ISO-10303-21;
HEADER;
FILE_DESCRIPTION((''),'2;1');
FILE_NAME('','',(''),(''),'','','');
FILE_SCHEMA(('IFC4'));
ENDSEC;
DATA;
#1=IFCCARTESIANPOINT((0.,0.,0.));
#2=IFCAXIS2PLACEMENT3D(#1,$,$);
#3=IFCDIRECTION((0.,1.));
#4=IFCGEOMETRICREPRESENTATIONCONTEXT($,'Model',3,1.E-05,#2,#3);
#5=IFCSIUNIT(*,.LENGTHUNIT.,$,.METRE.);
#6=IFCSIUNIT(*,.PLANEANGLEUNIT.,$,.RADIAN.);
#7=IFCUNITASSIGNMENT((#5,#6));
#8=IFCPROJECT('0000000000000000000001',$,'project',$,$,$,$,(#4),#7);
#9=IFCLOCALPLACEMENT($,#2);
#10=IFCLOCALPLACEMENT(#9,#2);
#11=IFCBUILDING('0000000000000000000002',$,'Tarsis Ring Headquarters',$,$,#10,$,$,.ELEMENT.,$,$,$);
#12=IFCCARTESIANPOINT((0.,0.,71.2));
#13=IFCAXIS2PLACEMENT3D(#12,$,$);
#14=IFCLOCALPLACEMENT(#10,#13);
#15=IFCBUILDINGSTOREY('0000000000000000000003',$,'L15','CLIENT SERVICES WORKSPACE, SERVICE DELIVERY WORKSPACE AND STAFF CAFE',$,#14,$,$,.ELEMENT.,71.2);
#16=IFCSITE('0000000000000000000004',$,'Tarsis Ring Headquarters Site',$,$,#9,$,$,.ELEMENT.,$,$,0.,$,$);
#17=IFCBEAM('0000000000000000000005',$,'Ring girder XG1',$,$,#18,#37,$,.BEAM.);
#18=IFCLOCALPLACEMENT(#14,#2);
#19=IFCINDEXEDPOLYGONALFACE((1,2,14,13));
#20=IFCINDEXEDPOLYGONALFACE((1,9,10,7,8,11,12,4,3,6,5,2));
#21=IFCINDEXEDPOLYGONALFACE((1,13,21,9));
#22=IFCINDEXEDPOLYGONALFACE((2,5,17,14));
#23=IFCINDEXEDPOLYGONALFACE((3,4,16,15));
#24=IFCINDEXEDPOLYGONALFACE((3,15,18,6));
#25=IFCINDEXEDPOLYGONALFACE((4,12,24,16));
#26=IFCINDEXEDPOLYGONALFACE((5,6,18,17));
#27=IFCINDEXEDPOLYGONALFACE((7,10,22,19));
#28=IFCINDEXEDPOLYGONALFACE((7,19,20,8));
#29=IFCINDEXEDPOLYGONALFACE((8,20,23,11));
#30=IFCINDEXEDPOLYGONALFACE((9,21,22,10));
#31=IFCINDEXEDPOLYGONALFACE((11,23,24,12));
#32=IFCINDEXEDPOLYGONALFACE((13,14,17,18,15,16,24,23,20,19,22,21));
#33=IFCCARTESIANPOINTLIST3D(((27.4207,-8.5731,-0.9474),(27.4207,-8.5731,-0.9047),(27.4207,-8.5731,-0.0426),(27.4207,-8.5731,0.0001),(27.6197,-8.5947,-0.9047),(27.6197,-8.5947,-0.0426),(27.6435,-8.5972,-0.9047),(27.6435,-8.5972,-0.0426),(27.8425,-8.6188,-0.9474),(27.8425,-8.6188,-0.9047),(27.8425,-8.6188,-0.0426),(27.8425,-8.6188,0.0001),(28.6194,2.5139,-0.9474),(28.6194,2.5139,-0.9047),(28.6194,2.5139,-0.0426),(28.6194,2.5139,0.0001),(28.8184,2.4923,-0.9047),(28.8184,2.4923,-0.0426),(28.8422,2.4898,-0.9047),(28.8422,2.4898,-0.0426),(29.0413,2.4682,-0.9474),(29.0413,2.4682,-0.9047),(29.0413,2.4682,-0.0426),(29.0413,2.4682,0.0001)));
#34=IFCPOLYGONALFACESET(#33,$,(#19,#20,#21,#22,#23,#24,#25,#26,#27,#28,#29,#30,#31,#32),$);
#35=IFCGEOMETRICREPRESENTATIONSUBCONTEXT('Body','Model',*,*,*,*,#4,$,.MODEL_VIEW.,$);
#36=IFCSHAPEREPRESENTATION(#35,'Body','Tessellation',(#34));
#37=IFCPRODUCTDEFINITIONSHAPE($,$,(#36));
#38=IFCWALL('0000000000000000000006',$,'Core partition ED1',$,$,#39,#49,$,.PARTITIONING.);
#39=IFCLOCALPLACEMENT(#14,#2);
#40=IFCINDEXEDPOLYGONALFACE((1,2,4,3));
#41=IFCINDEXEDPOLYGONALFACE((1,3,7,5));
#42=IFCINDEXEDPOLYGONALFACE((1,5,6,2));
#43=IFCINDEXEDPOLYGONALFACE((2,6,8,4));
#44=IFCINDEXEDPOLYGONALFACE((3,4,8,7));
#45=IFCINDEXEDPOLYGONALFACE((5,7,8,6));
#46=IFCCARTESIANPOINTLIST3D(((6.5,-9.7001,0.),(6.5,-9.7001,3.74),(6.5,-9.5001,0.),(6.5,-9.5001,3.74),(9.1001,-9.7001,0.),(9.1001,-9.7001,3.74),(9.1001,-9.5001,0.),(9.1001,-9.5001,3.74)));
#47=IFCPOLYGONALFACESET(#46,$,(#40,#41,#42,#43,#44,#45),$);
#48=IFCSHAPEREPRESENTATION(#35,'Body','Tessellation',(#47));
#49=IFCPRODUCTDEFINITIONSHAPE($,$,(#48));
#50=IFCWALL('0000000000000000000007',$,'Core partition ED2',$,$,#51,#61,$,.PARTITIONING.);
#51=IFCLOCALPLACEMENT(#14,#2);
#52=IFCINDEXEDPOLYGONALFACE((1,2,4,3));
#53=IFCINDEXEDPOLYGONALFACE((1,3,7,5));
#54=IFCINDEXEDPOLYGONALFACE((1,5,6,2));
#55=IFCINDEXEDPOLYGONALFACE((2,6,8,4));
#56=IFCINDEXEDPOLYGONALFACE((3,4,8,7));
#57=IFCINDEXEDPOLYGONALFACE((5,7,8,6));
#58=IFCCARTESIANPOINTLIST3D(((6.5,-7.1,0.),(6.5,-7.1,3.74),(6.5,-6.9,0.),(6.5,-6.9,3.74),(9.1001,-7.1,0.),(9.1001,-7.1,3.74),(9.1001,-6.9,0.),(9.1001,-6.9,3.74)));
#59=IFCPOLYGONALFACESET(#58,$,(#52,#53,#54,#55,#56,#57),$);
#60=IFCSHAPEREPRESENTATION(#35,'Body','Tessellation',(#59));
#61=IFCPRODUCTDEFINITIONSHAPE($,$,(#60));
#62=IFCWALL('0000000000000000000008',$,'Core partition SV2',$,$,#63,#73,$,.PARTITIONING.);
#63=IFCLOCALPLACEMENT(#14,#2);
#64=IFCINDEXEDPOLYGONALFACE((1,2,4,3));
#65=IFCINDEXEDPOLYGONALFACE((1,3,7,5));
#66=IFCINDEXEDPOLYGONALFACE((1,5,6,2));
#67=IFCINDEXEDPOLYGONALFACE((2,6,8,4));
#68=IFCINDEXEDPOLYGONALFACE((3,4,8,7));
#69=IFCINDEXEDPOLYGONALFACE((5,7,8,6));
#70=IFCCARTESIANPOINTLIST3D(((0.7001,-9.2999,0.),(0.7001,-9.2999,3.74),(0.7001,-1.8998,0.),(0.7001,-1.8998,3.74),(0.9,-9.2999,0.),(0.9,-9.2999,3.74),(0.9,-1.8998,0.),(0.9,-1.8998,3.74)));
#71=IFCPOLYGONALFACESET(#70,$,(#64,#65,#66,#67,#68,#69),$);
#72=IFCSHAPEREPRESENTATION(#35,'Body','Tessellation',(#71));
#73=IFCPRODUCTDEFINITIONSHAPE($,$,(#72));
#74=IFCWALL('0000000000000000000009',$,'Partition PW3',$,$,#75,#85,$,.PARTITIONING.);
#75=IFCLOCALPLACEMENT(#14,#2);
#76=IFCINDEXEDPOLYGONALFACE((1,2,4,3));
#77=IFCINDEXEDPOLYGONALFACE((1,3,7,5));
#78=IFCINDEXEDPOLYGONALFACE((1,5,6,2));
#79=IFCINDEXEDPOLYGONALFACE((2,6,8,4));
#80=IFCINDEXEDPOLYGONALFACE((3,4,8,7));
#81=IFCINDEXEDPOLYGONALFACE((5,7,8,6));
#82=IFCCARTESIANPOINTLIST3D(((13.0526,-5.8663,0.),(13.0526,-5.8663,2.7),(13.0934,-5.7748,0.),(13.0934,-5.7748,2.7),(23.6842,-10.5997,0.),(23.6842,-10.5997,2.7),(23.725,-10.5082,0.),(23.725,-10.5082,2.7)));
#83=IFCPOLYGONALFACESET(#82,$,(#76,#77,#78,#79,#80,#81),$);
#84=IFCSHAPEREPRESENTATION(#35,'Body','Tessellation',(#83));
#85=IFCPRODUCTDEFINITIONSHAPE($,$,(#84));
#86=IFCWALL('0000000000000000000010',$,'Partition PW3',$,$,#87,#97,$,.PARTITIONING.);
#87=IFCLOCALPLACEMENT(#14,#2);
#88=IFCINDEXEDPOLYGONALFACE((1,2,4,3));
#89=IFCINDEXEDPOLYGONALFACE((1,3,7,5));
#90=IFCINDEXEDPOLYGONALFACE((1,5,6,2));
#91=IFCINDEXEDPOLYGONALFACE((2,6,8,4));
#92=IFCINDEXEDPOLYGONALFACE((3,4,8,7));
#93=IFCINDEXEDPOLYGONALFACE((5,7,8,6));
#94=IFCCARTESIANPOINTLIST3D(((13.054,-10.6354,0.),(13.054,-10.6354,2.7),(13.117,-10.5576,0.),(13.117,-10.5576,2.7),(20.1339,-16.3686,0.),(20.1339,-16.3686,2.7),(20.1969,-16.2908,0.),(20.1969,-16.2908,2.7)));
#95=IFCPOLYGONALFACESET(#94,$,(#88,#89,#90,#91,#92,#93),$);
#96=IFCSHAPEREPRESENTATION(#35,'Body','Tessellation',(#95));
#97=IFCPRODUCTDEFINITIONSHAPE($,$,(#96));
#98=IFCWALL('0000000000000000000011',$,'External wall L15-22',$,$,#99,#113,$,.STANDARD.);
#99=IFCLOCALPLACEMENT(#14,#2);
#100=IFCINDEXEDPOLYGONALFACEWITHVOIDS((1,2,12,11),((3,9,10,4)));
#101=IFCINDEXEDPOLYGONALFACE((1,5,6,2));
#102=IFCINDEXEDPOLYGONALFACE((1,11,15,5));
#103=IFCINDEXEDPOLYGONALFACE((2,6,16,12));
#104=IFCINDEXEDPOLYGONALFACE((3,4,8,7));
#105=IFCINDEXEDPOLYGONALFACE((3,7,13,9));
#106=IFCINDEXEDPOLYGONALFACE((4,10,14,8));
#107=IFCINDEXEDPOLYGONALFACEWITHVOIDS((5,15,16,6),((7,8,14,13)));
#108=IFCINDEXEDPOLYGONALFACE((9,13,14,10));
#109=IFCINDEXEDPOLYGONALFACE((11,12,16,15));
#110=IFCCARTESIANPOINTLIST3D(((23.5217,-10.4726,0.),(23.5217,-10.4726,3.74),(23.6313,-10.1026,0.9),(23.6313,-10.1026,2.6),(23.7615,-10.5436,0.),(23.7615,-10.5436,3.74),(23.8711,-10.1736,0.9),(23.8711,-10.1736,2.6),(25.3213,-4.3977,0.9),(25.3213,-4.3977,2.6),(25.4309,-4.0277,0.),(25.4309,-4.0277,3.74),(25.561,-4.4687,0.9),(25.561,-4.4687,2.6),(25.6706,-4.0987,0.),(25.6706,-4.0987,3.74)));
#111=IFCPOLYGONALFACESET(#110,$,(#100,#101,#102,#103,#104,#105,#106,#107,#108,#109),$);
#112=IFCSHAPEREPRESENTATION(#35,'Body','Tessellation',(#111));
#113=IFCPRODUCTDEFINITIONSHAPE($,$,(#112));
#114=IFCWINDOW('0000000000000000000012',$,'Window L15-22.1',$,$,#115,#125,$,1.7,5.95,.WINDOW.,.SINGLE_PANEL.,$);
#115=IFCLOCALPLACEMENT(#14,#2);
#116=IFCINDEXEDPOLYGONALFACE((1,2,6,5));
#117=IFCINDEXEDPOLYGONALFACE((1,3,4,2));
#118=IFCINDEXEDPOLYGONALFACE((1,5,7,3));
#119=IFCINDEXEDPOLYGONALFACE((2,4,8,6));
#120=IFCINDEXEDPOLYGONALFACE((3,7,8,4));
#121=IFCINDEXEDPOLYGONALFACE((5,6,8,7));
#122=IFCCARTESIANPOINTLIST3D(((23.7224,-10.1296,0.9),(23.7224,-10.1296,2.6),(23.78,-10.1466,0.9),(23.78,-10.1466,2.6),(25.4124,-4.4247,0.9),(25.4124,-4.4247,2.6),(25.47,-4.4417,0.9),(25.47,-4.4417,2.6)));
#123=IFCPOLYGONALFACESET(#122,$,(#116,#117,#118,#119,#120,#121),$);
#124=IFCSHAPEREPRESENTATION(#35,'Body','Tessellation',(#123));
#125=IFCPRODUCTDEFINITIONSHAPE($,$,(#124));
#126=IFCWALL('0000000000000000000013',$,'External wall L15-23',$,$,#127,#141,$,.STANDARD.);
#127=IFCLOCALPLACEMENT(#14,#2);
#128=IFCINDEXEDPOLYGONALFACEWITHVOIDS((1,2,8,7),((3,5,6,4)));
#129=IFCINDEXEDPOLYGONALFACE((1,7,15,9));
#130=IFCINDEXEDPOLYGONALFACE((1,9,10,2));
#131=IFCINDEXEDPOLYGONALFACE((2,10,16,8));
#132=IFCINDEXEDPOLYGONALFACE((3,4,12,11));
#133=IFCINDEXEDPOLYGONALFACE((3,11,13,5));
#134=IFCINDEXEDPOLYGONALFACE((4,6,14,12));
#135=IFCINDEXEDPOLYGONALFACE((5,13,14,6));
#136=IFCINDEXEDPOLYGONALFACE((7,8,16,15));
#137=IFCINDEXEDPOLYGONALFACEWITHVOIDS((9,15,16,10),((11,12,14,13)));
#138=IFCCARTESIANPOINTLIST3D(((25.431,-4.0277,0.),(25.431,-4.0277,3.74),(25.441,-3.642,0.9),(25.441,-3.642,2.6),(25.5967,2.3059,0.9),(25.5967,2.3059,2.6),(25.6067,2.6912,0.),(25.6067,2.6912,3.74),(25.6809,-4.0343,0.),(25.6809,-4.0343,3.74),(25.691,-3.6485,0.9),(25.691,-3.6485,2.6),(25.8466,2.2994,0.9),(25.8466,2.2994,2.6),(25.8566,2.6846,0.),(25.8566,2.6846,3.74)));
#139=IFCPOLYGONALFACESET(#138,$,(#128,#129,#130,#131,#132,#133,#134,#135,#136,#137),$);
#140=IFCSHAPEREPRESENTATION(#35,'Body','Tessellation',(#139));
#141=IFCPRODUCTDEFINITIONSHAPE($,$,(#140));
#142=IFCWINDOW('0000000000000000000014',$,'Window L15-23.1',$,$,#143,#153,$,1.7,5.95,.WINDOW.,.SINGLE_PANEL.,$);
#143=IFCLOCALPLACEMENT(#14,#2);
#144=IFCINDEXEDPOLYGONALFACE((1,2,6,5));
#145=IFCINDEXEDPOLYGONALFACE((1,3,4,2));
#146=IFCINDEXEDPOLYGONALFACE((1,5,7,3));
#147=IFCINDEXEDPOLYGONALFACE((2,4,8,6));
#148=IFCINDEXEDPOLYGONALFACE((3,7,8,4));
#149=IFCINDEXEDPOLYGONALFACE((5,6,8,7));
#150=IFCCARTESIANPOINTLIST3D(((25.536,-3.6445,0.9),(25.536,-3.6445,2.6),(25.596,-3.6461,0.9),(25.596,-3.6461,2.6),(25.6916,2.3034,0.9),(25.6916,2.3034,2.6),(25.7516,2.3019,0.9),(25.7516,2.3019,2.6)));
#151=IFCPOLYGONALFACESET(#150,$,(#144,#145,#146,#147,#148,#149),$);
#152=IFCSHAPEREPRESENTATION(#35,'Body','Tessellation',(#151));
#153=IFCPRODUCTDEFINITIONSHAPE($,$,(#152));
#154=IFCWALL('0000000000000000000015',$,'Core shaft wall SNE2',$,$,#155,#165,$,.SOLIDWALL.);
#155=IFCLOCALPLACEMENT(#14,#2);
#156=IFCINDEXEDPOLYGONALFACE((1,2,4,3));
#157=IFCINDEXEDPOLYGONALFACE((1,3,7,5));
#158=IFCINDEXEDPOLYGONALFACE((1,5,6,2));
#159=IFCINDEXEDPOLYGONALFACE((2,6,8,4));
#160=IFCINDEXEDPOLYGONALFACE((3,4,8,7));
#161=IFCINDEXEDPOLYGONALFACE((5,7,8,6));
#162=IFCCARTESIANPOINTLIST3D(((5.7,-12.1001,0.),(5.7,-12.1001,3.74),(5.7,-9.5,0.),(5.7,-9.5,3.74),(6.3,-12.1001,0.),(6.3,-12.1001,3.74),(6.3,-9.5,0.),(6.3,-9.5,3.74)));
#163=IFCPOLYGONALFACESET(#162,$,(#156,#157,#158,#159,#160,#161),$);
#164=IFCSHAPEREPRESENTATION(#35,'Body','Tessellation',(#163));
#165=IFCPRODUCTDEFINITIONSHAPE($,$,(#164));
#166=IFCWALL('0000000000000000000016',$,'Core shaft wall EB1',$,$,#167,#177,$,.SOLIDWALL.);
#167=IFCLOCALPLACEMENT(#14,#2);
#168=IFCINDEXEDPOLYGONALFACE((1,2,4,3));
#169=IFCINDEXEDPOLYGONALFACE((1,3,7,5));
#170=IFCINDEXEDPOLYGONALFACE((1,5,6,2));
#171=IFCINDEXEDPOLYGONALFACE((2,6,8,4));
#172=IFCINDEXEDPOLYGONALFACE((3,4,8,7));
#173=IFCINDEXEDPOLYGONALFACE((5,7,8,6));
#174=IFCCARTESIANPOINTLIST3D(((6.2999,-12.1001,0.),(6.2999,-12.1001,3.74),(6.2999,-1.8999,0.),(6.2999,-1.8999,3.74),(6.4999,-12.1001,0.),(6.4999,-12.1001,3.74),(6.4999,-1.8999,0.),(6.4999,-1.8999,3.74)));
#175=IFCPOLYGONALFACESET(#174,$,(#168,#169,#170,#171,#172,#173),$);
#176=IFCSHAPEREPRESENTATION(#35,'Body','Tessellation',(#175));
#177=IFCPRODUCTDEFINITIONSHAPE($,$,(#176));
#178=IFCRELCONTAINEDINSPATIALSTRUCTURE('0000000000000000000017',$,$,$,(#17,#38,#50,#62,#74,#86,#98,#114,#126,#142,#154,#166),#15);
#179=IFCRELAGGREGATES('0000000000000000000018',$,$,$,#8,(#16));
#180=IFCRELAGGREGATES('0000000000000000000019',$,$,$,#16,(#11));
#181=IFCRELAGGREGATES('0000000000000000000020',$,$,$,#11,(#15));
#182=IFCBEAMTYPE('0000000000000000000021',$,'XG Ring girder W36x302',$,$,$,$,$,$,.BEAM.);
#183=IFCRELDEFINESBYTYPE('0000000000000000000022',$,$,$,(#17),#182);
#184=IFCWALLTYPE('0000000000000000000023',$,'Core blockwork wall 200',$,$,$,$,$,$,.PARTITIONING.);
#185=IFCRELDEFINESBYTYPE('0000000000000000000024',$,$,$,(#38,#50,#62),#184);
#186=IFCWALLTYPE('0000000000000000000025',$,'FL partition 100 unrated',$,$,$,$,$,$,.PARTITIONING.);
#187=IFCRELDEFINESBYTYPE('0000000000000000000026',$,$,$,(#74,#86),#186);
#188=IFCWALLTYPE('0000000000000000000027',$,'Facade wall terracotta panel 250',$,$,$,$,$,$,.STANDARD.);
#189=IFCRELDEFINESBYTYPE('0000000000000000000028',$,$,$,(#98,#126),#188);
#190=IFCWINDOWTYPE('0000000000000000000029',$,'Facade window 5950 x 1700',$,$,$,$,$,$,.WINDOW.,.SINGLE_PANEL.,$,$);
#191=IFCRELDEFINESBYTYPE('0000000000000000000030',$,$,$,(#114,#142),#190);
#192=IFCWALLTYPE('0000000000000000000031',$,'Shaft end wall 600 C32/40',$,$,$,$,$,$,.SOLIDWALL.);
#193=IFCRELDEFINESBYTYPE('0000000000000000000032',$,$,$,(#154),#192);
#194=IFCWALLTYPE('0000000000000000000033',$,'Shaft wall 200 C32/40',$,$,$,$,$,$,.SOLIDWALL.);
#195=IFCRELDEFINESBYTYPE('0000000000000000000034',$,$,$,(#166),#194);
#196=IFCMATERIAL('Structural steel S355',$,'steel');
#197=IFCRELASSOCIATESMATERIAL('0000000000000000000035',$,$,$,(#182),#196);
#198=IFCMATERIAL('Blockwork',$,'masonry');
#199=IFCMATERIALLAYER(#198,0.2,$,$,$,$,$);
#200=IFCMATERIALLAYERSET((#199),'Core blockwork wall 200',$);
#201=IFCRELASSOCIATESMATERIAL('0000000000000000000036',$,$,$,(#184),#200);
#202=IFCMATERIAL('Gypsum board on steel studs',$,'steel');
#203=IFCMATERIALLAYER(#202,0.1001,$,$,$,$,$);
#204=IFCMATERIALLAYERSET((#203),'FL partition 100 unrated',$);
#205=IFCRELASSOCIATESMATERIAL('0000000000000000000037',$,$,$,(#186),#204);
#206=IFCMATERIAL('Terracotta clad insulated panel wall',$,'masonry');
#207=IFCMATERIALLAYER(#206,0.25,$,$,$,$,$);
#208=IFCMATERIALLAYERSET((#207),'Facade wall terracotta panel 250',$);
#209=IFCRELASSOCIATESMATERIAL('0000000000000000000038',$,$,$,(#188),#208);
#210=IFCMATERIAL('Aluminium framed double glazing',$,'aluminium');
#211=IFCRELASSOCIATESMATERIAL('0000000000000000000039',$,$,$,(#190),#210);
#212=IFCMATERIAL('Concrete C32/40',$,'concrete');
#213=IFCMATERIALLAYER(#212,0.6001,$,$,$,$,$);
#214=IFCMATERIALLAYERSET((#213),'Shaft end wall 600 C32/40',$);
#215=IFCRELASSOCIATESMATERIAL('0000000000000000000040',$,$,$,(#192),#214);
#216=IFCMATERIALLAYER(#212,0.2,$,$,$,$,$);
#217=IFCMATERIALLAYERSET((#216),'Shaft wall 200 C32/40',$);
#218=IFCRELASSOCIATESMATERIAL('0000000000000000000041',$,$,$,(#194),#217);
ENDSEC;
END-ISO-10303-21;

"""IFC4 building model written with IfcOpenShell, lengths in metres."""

from ifc_helpers import new_model, si_unit, direction, frame, frame_2d, origin, origin_2d, place, context, subcontext, project, spatial, rectangle, i_section, extrude, material, layer, layer_set, material_profile, profile_set, type_object, element, fill, save


model = new_model("IFC4")

# Units and contexts
model_context = context("Model", 3, precision=1e-05, world=origin(), true_north=direction((0.0, 1.0)))
body_context = subcontext(model_context, "Body", "Model", "MODEL_VIEW")
ifc_project = project(units=[si_unit("LENGTHUNIT", "METRE"), si_unit("PLANEANGLEUNIT", "RADIAN")], contexts=[model_context])

# Site, building, storey
site_placement = place(None, origin())
site = spatial("IfcSite", under=ifc_project, at=site_placement, Name="Tarsis Ring Headquarters Site", CompositionType="ELEMENT", RefElevation=0.0)
building_placement = place(site_placement, origin())
building = spatial("IfcBuilding", under=site, at=building_placement, Name="Tarsis Ring Headquarters", CompositionType="ELEMENT")
storey_placement = place(building_placement, frame((0.0, 0.0, 71.2)))
storey = spatial("IfcBuildingStorey", under=building, at=storey_placement, Name="L15", Description="CLIENT SERVICES WORKSPACE, SERVICE DELIVERY WORKSPACE AND STAFF CAFE", CompositionType="ELEMENT", Elevation=71.2)

# Beam
ifc_material_1 = material(Name="Structural steel S355", Category="steel")
ifc_material_profile_1 = material_profile(ifc_material_1, i_section(OverallWidth=0.4243, OverallDepth=0.9475, WebThickness=0.0239, FlangeThickness=0.0427, at=origin_2d()), Name="W36x302")
ifc_profile_set_1 = profile_set([ifc_material_profile_1], Name="Structural steel S355")
beam_type_1 = type_object("IfcBeamType", Name="XG Ring girder W36x302", PredefinedType="BEAM", material=ifc_profile_set_1)
beam_1_placement = place(storey_placement, frame((27.6316, -8.5959, -0.4736), z_axis=(0.107495, 0.994206, 0.0), x_axis=(-0.994206, 0.107495, 0.0)))
element("IfcBeam", 1, at=beam_1_placement, inside=storey, type_object=beam_type_1, Name="Ring girder XG1", PredefinedType="BEAM", context=body_context, shape_type="SweptSolid", body=[
    extrude(i_section(OverallWidth=0.4243, OverallDepth=0.9475, WebThickness=0.0239, FlangeThickness=0.0427, at=origin_2d()), origin(), (0.0, 0.0, 1.0), 11.1516),
])

# Walls
ifc_material_2 = material(Name="Blockwork", Category="masonry")
ifc_layer_1 = layer(ifc_material_2, 0.2)
ifc_layer_set_1 = layer_set([ifc_layer_1], Name="Core blockwork wall 200")
wall_type_1 = type_object("IfcWallType", Name="Core blockwork wall 200", PredefinedType="PARTITIONING", material=ifc_layer_set_1)
for number, where, z_axis, x_axis, name in (
    (2, (6.5, -9.6001, 0.0), (0.0, 0.0, 1.0), (1.0, 0.0, 0.0), "Core partition ED1"),
    (3, (6.5, -7.0, 0.0), (0.0, 0.0, 1.0), (1.0, 0.0, 0.0), "Core partition ED2"),
):
    element("IfcWall", number, at=place(storey_placement, frame(where, z_axis=z_axis, x_axis=x_axis)), inside=storey, type_object=wall_type_1, Name=name, PredefinedType="PARTITIONING", context=body_context, shape_type="SweptSolid", body=[
        extrude(rectangle(XDim=2.6001, YDim=0.2, at=frame_2d((1.3, 0.0))), origin(), (0.0, 0.0, 1.0), 3.74),
    ])
wall_1_placement = place(storey_placement, frame((0.8, -9.3, 0.0), z_axis=(0.0, 0.0, 1.0), x_axis=(0.0, 1.0, 0.0)))
element("IfcWall", 4, at=wall_1_placement, inside=storey, type_object=wall_type_1, Name="Core partition SV2", PredefinedType="PARTITIONING", context=body_context, shape_type="SweptSolid", body=[
    extrude(rectangle(XDim=7.4001, YDim=0.2, at=frame_2d((3.7002, 0.0))), origin(), (0.0, 0.0, 1.0), 3.74),
])
ifc_material_3 = material(Name="Gypsum board on steel studs", Category="steel")
ifc_layer_2 = layer(ifc_material_3, 0.1001)
ifc_layer_set_2 = layer_set([ifc_layer_2], Name="FL partition 100 unrated")
wall_type_2 = type_object("IfcWallType", Name="FL partition 100 unrated", PredefinedType="PARTITIONING", material=ifc_layer_set_2)
wall_2_placement = place(storey_placement, frame((13.073, -5.8206, 0.0), z_axis=(0.0, 0.0, 1.0), x_axis=(0.913548, -0.40673, 0.0)))
element("IfcWall", 5, at=wall_2_placement, inside=storey, type_object=wall_type_2, Name="Partition PW3", PredefinedType="PARTITIONING", context=body_context, shape_type="SweptSolid", body=[
    extrude(rectangle(XDim=11.6377, YDim=0.1001, at=frame_2d((5.8188, 0.0))), origin(), (0.0, 0.0, 1.0), 2.7),
])
wall_3_placement = place(storey_placement, frame((13.0854, -10.5964, 0.0), z_axis=(0.0, 0.0, 1.0), x_axis=(0.777145, -0.629322, 0.0)))
element("IfcWall", 6, at=wall_3_placement, inside=storey, type_object=wall_type_2, Name="Partition PW3", PredefinedType="PARTITIONING", context=body_context, shape_type="SweptSolid", body=[
    extrude(rectangle(XDim=9.1101, YDim=0.1001, at=frame_2d((4.5552, 0.0))), origin(), (0.0, 0.0, 1.0), 2.7),
])

# Walls, openings, windows
ifc_material_4 = material(Name="Terracotta clad insulated panel wall", Category="masonry")
ifc_layer_3 = layer(ifc_material_4, 0.25)
ifc_layer_set_3 = layer_set([ifc_layer_3], Name="Facade wall terracotta panel 250")
wall_type_3 = type_object("IfcWallType", Name="Facade wall terracotta panel 250", PredefinedType="STANDARD", material=ifc_layer_set_3)
wall_4_placement = place(storey_placement, frame((23.6416, -10.5081, 0.0), z_axis=(0.0, 0.0, 1.0), x_axis=(0.284034, 0.958814, 0.0)))
wall_4 = element("IfcWall", 7, at=wall_4_placement, inside=storey, type_object=wall_type_3, Name="External wall L15-22", PredefinedType="STANDARD", context=body_context, shape_type="SweptSolid", body=[
    extrude(rectangle(XDim=6.7217, YDim=0.25, at=frame_2d((3.3608, 0.0))), origin(), (0.0, 0.0, 1.0), 3.74),
])
opening_1_placement = place(wall_4_placement, frame((0.3857, 0.0, 0.8999)))
opening_1 = element("IfcOpeningElement", 8, at=opening_1_placement, cuts=wall_4, PredefinedType="OPENING", context=body_context, shape_type="SweptSolid", body=[
    extrude(rectangle(XDim=5.95, YDim=1.7, at=frame_2d((2.9751, 0.8501))), frame((0.0, 0.135, 0.0), z_axis=(0.0, -1.0, 0.0), x_axis=(1.0, 0.0, 0.0)), (0.0, 0.0, 1.0), 0.27),
])
ifc_material_5 = material(Name="Aluminium framed double glazing", Category="aluminium")
window_type = type_object("IfcWindowType", Name="Facade window 5950 x 1700", PartitioningType="SINGLE_PANEL", PredefinedType="WINDOW", material=ifc_material_5)
window_1_placement = place(opening_1_placement, origin())
window_1 = element("IfcWindow", 9, at=window_1_placement, inside=storey, type_object=window_type, Name="Window L15-22.1", OverallHeight=1.7, OverallWidth=5.95, PartitioningType="SINGLE_PANEL", PredefinedType="WINDOW", context=body_context, shape_type="SweptSolid", body=[
    extrude(rectangle(XDim=5.95, YDim=1.7, at=frame_2d((2.9751, 0.8501))), frame((0.0, 0.03, 0.0), z_axis=(0.0, -1.0, 0.0), x_axis=(1.0, 0.0, 0.0)), (0.0, 0.0, 1.0), 0.0601),
])
fill(opening_1, window_1)
wall_5_placement = place(storey_placement, frame((25.5559, -4.031, 0.0), z_axis=(0.0, 0.0, 1.0), x_axis=(0.026153, 0.999658, 0.0)))
wall_5 = element("IfcWall", 10, at=wall_5_placement, inside=storey, type_object=wall_type_3, Name="External wall L15-23", PredefinedType="STANDARD", context=body_context, shape_type="SweptSolid", body=[
    extrude(rectangle(XDim=6.7212, YDim=0.25, at=frame_2d((3.3606, 0.0))), origin(), (0.0, 0.0, 1.0), 3.74),
])
opening_2_placement = place(wall_5_placement, frame((0.3857, 0.0, 0.8999)))
opening_2 = element("IfcOpeningElement", 11, at=opening_2_placement, cuts=wall_5, PredefinedType="OPENING", context=body_context, shape_type="SweptSolid", body=[
    extrude(rectangle(XDim=5.95, YDim=1.7, at=frame_2d((2.9751, 0.8501))), frame((0.0, 0.135, 0.0), z_axis=(0.0, -1.0, 0.0), x_axis=(1.0, 0.0, 0.0)), (0.0, 0.0, 1.0), 0.27),
])
window_2_placement = place(opening_2_placement, origin())
window_2 = element("IfcWindow", 12, at=window_2_placement, inside=storey, type_object=window_type, Name="Window L15-23.1", OverallHeight=1.7, OverallWidth=5.95, PartitioningType="SINGLE_PANEL", PredefinedType="WINDOW", context=body_context, shape_type="SweptSolid", body=[
    extrude(rectangle(XDim=5.95, YDim=1.7, at=frame_2d((2.9751, 0.8501))), frame((0.0, 0.03, 0.0), z_axis=(0.0, -1.0, 0.0), x_axis=(1.0, 0.0, 0.0)), (0.0, 0.0, 1.0), 0.0601),
])
fill(opening_2, window_2)

# Walls
ifc_material_6 = material(Name="Concrete C32/40", Category="concrete")
ifc_layer_4 = layer(ifc_material_6, 0.6001)
ifc_layer_set_4 = layer_set([ifc_layer_4], Name="Shaft end wall 600 C32/40")
wall_type_4 = type_object("IfcWallType", Name="Shaft end wall 600 C32/40", PredefinedType="SOLIDWALL", material=ifc_layer_set_4)
wall_6_placement = place(storey_placement, frame((6.0, -12.1001, 0.0), z_axis=(0.0, 0.0, 1.0), x_axis=(0.0, 1.0, 0.0)))
element("IfcWall", 13, at=wall_6_placement, inside=storey, type_object=wall_type_4, Name="Core shaft wall SNE2", PredefinedType="SOLIDWALL", context=body_context, shape_type="SweptSolid", body=[
    extrude(rectangle(XDim=2.6001, YDim=0.6001, at=frame_2d((1.3, 0.0))), origin(), (0.0, 0.0, 1.0), 3.74),
])
ifc_layer_5 = layer(ifc_material_6, 0.2)
ifc_layer_set_5 = layer_set([ifc_layer_5], Name="Shaft wall 200 C32/40")
wall_type_5 = type_object("IfcWallType", Name="Shaft wall 200 C32/40", PredefinedType="SOLIDWALL", material=ifc_layer_set_5)
wall_7_placement = place(storey_placement, frame((6.3999, -12.1001, 0.0), z_axis=(0.0, 0.0, 1.0), x_axis=(0.0, 1.0, 0.0)))
element("IfcWall", 14, at=wall_7_placement, inside=storey, type_object=wall_type_5, Name="Core shaft wall EB1", PredefinedType="SOLIDWALL", context=body_context, shape_type="SweptSolid", body=[
    extrude(rectangle(XDim=10.2002, YDim=0.2, at=frame_2d((5.1001, 0.0))), origin(), (0.0, 0.0, 1.0), 3.74),
])

save(model, "model.ifc")
